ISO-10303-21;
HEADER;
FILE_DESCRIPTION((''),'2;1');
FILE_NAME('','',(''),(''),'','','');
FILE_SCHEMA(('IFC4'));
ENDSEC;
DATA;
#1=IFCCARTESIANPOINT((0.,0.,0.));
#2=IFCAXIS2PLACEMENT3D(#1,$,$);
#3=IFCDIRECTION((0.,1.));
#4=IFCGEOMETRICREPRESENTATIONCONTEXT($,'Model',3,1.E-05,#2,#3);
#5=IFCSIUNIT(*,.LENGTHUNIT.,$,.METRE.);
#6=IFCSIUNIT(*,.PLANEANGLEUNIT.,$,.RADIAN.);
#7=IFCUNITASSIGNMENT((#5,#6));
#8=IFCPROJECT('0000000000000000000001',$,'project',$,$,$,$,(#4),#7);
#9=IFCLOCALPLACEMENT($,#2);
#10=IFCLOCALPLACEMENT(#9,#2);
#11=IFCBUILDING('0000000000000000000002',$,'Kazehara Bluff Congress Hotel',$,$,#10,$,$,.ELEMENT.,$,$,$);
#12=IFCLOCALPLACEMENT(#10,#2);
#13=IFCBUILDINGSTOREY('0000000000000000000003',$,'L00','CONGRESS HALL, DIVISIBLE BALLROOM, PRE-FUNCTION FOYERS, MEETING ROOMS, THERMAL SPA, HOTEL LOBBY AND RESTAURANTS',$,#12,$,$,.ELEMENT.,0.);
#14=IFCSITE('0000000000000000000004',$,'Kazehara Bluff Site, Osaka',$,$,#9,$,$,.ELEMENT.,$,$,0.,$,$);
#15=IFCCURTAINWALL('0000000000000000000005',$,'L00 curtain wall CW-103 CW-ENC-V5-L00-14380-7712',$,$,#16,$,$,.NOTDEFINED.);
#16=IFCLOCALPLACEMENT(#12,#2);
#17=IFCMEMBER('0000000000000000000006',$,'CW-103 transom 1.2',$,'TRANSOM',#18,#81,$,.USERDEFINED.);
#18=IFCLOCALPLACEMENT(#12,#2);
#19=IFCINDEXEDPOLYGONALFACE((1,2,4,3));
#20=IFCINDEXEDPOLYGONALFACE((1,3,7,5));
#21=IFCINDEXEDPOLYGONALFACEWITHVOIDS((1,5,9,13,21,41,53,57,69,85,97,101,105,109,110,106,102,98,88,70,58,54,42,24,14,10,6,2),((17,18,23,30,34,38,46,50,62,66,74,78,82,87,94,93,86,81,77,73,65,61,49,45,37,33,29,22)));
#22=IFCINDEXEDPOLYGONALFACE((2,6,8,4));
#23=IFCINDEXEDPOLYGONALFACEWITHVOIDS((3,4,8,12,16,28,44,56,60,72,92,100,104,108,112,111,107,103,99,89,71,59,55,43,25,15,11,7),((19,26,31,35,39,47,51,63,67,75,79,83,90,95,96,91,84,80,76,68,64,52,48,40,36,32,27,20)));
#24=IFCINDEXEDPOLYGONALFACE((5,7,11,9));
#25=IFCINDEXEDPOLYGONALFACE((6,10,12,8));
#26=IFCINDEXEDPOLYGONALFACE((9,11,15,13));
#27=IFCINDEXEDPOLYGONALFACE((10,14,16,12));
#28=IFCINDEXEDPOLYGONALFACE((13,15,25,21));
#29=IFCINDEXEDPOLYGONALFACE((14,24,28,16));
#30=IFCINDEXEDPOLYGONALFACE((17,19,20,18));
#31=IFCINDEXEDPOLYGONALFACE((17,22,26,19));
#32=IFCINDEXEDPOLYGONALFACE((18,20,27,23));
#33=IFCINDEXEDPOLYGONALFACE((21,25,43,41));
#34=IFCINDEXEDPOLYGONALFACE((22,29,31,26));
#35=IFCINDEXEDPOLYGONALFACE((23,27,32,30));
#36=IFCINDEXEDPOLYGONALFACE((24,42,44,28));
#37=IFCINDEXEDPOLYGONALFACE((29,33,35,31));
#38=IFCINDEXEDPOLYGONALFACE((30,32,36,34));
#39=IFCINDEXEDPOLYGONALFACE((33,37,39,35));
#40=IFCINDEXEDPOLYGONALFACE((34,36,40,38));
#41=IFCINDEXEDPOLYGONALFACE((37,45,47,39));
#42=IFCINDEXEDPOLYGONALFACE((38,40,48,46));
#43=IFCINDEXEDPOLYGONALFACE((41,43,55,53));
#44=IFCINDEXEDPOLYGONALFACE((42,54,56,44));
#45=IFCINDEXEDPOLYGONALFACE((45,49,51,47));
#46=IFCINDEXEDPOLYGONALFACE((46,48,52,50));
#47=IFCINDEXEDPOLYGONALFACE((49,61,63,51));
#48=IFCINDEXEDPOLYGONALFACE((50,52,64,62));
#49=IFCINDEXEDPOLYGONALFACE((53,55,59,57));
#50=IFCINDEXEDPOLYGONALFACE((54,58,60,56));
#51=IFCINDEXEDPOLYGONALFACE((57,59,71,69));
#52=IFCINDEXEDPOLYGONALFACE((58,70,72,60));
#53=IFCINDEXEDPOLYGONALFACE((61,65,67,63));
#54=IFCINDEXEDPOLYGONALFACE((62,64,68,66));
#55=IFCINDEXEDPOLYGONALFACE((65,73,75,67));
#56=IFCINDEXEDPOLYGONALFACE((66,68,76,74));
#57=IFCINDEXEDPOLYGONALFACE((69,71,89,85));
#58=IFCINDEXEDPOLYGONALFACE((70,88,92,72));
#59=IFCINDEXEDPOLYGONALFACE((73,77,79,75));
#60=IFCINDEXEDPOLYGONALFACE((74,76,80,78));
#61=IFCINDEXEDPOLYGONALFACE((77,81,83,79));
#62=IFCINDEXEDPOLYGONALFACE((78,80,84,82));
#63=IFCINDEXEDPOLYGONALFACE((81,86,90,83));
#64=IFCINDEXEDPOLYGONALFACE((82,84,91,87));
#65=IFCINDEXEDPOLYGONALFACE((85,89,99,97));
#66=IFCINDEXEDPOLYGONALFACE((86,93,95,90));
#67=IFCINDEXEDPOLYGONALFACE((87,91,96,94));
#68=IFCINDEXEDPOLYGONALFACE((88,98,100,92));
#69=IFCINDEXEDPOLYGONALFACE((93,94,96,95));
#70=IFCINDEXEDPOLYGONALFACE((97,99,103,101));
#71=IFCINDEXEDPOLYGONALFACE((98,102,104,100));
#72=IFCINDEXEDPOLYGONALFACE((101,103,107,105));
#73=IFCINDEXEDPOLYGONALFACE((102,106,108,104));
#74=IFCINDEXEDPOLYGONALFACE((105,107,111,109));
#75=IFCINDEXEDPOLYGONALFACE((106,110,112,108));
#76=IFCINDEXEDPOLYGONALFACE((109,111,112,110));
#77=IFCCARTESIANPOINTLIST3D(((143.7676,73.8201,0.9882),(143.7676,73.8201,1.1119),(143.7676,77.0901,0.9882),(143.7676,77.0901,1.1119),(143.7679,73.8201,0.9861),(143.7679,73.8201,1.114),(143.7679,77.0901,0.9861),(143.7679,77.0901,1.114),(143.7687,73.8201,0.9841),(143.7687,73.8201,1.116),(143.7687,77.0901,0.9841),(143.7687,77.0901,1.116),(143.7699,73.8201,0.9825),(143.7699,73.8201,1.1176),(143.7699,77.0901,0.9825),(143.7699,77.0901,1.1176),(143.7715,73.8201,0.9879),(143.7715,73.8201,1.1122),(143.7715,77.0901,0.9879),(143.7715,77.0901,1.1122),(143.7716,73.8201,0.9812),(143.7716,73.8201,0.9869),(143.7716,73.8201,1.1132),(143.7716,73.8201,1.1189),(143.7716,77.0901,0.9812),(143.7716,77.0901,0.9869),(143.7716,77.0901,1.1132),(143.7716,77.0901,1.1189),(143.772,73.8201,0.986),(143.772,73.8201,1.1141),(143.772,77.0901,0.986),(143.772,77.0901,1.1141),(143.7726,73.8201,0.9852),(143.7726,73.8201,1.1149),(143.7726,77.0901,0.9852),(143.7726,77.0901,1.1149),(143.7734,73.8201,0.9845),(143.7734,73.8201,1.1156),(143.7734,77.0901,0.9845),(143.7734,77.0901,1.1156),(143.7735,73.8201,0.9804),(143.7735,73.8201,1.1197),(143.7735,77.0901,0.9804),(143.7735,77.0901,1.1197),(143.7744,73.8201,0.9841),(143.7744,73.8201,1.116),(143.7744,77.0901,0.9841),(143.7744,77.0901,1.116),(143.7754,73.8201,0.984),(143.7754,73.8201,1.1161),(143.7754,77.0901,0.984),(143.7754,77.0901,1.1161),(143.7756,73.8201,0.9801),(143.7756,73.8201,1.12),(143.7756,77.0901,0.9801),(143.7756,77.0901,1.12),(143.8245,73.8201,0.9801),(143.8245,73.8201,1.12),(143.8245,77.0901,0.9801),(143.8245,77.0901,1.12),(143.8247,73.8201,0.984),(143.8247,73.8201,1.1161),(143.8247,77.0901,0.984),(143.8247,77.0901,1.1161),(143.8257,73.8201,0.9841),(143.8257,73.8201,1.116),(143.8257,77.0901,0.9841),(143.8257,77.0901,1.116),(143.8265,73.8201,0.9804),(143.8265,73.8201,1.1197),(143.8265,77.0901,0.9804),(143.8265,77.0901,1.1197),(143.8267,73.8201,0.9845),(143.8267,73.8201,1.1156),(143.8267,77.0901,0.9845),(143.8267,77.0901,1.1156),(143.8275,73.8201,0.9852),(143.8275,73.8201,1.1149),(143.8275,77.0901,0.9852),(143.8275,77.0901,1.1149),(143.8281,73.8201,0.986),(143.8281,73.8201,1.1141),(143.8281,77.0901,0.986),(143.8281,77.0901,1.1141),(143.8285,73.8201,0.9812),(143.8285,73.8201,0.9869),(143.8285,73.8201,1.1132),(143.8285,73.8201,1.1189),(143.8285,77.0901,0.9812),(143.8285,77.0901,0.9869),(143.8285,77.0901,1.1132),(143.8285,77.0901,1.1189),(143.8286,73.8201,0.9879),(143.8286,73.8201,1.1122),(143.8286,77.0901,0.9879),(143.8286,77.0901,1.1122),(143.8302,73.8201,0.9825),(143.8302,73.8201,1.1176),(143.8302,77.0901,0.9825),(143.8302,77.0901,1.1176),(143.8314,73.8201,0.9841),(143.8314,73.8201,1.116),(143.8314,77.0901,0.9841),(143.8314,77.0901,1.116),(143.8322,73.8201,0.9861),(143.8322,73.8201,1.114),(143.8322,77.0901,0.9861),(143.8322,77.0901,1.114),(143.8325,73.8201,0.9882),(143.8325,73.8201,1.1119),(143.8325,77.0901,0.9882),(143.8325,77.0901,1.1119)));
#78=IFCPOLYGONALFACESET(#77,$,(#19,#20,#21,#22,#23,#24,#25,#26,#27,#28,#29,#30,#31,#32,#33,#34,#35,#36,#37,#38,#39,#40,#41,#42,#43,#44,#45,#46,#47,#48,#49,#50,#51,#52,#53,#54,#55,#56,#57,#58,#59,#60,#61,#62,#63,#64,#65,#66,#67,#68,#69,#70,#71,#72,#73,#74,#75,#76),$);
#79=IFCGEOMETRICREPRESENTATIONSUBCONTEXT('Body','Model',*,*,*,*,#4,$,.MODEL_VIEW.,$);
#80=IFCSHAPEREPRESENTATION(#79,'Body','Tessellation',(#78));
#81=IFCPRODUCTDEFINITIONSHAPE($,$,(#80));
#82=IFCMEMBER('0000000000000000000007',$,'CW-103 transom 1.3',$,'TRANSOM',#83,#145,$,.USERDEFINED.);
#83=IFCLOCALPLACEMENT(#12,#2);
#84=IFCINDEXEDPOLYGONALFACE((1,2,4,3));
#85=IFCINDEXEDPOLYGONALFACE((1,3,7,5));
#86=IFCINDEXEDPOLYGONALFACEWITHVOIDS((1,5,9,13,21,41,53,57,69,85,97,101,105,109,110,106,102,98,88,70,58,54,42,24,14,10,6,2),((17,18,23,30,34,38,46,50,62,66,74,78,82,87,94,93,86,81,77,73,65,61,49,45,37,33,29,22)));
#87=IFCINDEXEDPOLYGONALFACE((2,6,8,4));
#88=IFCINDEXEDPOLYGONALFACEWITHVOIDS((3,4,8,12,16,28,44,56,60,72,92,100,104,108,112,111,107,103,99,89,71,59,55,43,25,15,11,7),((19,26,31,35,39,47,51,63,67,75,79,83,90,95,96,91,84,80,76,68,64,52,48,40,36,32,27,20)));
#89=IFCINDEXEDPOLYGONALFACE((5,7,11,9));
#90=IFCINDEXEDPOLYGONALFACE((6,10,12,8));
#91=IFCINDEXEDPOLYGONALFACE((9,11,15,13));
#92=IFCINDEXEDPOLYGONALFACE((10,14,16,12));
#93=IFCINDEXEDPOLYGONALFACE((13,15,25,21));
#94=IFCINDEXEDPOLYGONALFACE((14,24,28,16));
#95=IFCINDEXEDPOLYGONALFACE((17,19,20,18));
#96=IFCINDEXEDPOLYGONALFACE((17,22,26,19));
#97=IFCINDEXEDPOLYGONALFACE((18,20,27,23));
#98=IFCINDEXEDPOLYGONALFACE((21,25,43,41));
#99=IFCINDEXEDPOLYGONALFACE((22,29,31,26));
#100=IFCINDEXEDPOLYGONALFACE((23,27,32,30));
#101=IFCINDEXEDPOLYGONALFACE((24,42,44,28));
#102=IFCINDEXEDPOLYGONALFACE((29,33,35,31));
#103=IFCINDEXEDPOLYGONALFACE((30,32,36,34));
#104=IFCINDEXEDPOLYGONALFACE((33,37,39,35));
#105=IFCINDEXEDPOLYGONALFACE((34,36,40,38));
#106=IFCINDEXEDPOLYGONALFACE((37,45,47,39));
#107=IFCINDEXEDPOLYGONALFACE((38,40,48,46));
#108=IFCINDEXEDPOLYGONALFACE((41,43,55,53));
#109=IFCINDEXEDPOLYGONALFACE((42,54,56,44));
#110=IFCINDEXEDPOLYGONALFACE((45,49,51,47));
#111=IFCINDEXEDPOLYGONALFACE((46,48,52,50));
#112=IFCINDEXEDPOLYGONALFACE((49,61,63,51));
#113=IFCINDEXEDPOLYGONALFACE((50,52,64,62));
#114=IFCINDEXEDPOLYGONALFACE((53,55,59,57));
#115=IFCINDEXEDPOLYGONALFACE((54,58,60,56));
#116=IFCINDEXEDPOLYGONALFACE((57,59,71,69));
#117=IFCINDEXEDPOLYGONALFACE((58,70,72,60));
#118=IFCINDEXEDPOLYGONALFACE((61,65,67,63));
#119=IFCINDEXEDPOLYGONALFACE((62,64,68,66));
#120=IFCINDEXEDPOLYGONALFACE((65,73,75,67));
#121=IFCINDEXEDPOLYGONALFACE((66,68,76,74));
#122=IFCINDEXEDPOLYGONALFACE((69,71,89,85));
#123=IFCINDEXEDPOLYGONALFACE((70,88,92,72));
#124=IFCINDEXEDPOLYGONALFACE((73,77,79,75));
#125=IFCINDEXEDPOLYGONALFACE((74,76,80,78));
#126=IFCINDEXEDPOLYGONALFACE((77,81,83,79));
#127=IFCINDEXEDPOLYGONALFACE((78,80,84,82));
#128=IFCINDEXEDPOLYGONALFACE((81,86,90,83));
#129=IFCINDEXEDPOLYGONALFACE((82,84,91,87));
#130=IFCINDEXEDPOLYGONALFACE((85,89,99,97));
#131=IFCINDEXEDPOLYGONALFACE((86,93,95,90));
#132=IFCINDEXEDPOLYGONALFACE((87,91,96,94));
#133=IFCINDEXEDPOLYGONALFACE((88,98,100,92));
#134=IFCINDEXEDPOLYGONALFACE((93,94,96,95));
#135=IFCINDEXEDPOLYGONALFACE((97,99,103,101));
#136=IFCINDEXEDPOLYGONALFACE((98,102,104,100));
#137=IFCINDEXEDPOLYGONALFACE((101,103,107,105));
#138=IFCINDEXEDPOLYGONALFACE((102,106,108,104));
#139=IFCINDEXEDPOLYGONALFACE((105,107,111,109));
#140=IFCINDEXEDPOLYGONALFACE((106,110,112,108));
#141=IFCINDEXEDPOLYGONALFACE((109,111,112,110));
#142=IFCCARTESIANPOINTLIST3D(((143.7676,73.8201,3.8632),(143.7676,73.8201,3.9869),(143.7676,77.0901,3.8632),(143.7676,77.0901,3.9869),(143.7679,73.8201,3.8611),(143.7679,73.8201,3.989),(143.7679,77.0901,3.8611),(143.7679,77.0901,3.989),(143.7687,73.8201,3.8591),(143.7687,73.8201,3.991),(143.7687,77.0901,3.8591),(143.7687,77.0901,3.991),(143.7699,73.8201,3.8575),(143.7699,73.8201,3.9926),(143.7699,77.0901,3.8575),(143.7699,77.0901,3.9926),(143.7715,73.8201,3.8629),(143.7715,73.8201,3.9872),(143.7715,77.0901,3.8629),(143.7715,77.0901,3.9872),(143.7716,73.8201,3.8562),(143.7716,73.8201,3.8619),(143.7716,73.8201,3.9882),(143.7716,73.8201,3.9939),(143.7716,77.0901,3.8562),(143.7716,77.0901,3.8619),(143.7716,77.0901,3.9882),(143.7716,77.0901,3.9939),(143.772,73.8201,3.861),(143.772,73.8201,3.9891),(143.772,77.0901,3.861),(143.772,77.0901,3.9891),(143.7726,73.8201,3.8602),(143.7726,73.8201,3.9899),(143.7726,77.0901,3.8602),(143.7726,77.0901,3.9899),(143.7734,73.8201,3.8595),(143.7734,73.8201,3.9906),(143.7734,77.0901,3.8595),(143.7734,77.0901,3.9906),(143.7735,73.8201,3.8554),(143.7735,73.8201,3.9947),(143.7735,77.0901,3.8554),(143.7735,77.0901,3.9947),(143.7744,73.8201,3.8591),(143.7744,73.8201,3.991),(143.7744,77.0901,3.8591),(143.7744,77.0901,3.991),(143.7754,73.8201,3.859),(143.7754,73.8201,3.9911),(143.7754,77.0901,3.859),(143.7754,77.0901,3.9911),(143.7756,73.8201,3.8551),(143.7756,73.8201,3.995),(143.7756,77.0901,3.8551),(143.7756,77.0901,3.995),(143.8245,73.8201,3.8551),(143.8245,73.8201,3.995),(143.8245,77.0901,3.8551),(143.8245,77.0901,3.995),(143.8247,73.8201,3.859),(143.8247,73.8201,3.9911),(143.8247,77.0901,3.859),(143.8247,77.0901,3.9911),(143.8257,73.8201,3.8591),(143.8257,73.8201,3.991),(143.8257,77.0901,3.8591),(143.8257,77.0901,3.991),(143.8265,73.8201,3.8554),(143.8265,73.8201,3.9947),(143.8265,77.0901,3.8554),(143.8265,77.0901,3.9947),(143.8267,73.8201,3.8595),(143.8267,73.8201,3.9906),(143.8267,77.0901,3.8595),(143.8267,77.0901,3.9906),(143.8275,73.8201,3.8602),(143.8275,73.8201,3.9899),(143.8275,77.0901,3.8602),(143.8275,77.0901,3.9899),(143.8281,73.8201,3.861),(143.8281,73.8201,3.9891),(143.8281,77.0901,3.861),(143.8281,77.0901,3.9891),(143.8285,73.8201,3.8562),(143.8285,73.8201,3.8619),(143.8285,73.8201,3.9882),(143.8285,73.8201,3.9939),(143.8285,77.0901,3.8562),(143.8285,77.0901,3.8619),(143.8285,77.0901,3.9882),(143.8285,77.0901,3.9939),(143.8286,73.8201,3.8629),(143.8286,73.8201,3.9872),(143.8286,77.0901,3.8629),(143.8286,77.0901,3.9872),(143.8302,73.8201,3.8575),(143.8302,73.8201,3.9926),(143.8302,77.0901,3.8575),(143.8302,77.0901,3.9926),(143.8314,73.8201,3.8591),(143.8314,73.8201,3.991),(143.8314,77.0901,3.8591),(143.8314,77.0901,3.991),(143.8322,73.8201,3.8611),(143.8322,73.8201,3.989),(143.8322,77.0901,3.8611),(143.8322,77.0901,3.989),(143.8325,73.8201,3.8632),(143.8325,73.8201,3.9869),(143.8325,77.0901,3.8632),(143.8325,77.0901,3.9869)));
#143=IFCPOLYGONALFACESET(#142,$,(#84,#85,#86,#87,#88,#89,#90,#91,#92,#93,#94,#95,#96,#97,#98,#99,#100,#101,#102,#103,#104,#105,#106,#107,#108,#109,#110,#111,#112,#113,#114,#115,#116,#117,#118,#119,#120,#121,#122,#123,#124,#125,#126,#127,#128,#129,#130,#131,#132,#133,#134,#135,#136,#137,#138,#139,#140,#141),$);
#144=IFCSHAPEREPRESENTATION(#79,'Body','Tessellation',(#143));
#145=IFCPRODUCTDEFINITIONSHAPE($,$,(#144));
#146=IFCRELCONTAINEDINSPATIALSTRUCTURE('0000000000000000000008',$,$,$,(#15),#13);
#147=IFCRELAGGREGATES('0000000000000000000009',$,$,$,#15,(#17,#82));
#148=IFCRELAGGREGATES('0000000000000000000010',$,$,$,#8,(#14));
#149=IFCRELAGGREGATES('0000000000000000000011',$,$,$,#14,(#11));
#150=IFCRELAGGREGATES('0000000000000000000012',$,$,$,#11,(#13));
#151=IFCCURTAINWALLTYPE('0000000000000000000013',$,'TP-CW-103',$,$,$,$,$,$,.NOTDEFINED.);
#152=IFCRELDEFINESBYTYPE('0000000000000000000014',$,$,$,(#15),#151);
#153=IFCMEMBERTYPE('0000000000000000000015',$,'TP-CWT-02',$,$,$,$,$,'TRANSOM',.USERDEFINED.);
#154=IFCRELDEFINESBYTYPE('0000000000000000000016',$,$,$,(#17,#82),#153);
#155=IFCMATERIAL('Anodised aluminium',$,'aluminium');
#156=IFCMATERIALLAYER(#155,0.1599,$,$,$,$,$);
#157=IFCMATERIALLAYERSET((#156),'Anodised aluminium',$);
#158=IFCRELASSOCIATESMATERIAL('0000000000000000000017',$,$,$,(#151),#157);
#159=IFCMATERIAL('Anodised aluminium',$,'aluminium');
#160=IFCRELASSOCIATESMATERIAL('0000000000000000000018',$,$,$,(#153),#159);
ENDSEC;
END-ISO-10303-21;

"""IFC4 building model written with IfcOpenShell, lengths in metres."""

from ifc_helpers import new_model, si_unit, direction, frame, origin, origin_2d, place, context, subcontext, project, spatial, hollow_rectangle, extrude, material, layer, layer_set, material_profile, profile_set, type_object, element, aggregate, save


model = new_model("IFC4")

# Units and contexts
model_context = context("Model", 3, precision=1e-05, world=origin(), true_north=direction((0.0, 1.0)))
body_context = subcontext(model_context, "Body", "Model", "MODEL_VIEW")
ifc_project = project(units=[si_unit("LENGTHUNIT", "METRE"), si_unit("PLANEANGLEUNIT", "RADIAN")], contexts=[model_context])

# Site, building, storey
site_placement = place(None, origin())
site = spatial("IfcSite", under=ifc_project, at=site_placement, Name="Kazehara Bluff Site, Osaka", CompositionType="ELEMENT", RefElevation=0.0)
building_placement = place(site_placement, origin())
building = spatial("IfcBuilding", under=site, at=building_placement, Name="Kazehara Bluff Congress Hotel", CompositionType="ELEMENT")
storey_placement = place(building_placement, origin())
storey = spatial("IfcBuildingStorey", under=building, at=storey_placement, Name="L00", Description="CONGRESS HALL, DIVISIBLE BALLROOM, PRE-FUNCTION FOYERS, MEETING ROOMS, THERMAL SPA, HOTEL LOBBY AND RESTAURANTS", CompositionType="ELEMENT", Elevation=0.0)

# Curtain wall, members
ifc_material_1 = material(Name="Anodised aluminium", Category="aluminium")
ifc_layer_1 = layer(ifc_material_1, 0.1599)
ifc_layer_set_1 = layer_set([ifc_layer_1], Name="Anodised aluminium")
curtain_wall_type = type_object("IfcCurtainWallType", Name="TP-CW-103", PredefinedType="NOTDEFINED", material=ifc_layer_set_1)
curtain_wall_placement = place(storey_placement, origin())
curtain_wall = element("IfcCurtainWall", 1, at=curtain_wall_placement, inside=storey, type_object=curtain_wall_type, Name="L00 curtain wall CW-103 CW-ENC-V5-L00-14380-7712", PredefinedType="NOTDEFINED")
ifc_material_2 = material(Name="Anodised aluminium", Category="aluminium")
ifc_material_profile_1 = material_profile(ifc_material_2, hollow_rectangle(XDim=0.0649, YDim=0.1399, WallThickness=0.0039, InnerFilletRadius=0.0039, OuterFilletRadius=0.0081, at=origin_2d()))
ifc_profile_set_1 = profile_set([ifc_material_profile_1], Name="Anodised aluminium")
member_type_1 = type_object("IfcMemberType", Name="TP-CWT-02", ElementType="TRANSOM", PredefinedType="USERDEFINED", material=ifc_profile_set_1)
member_1_placement = place(storey_placement, frame((143.8, 73.8201, 1.05), z_axis=(0.0, 1.0, 0.0), x_axis=(-1.0, 0.0, 0.0)))
member_1 = element("IfcMember", 2, at=member_1_placement, type_object=member_type_1, Name="CW-103 transom 1.2", ObjectType="TRANSOM", PredefinedType="USERDEFINED", context=body_context, shape_type="SweptSolid", body=[
    extrude(hollow_rectangle(XDim=0.0649, YDim=0.1399, WallThickness=0.0039, InnerFilletRadius=0.0039, OuterFilletRadius=0.0081, at=origin_2d()), origin(), (0.0, 0.0, 1.0), 3.27),
])
member_2_placement = place(storey_placement, frame((143.8, 73.8201, 3.925), z_axis=(0.0, 1.0, 0.0), x_axis=(-1.0, 0.0, 0.0)))
member_2 = element("IfcMember", 3, at=member_2_placement, type_object=member_type_1, Name="CW-103 transom 1.3", ObjectType="TRANSOM", PredefinedType="USERDEFINED", context=body_context, shape_type="SweptSolid", body=[
    extrude(hollow_rectangle(XDim=0.0649, YDim=0.1399, WallThickness=0.0039, InnerFilletRadius=0.0039, OuterFilletRadius=0.0081, at=origin_2d()), origin(), (0.0, 0.0, 1.0), 3.27),
])

aggregate(curtain_wall, [member_1, member_2])

save(model, "model.ifc")
